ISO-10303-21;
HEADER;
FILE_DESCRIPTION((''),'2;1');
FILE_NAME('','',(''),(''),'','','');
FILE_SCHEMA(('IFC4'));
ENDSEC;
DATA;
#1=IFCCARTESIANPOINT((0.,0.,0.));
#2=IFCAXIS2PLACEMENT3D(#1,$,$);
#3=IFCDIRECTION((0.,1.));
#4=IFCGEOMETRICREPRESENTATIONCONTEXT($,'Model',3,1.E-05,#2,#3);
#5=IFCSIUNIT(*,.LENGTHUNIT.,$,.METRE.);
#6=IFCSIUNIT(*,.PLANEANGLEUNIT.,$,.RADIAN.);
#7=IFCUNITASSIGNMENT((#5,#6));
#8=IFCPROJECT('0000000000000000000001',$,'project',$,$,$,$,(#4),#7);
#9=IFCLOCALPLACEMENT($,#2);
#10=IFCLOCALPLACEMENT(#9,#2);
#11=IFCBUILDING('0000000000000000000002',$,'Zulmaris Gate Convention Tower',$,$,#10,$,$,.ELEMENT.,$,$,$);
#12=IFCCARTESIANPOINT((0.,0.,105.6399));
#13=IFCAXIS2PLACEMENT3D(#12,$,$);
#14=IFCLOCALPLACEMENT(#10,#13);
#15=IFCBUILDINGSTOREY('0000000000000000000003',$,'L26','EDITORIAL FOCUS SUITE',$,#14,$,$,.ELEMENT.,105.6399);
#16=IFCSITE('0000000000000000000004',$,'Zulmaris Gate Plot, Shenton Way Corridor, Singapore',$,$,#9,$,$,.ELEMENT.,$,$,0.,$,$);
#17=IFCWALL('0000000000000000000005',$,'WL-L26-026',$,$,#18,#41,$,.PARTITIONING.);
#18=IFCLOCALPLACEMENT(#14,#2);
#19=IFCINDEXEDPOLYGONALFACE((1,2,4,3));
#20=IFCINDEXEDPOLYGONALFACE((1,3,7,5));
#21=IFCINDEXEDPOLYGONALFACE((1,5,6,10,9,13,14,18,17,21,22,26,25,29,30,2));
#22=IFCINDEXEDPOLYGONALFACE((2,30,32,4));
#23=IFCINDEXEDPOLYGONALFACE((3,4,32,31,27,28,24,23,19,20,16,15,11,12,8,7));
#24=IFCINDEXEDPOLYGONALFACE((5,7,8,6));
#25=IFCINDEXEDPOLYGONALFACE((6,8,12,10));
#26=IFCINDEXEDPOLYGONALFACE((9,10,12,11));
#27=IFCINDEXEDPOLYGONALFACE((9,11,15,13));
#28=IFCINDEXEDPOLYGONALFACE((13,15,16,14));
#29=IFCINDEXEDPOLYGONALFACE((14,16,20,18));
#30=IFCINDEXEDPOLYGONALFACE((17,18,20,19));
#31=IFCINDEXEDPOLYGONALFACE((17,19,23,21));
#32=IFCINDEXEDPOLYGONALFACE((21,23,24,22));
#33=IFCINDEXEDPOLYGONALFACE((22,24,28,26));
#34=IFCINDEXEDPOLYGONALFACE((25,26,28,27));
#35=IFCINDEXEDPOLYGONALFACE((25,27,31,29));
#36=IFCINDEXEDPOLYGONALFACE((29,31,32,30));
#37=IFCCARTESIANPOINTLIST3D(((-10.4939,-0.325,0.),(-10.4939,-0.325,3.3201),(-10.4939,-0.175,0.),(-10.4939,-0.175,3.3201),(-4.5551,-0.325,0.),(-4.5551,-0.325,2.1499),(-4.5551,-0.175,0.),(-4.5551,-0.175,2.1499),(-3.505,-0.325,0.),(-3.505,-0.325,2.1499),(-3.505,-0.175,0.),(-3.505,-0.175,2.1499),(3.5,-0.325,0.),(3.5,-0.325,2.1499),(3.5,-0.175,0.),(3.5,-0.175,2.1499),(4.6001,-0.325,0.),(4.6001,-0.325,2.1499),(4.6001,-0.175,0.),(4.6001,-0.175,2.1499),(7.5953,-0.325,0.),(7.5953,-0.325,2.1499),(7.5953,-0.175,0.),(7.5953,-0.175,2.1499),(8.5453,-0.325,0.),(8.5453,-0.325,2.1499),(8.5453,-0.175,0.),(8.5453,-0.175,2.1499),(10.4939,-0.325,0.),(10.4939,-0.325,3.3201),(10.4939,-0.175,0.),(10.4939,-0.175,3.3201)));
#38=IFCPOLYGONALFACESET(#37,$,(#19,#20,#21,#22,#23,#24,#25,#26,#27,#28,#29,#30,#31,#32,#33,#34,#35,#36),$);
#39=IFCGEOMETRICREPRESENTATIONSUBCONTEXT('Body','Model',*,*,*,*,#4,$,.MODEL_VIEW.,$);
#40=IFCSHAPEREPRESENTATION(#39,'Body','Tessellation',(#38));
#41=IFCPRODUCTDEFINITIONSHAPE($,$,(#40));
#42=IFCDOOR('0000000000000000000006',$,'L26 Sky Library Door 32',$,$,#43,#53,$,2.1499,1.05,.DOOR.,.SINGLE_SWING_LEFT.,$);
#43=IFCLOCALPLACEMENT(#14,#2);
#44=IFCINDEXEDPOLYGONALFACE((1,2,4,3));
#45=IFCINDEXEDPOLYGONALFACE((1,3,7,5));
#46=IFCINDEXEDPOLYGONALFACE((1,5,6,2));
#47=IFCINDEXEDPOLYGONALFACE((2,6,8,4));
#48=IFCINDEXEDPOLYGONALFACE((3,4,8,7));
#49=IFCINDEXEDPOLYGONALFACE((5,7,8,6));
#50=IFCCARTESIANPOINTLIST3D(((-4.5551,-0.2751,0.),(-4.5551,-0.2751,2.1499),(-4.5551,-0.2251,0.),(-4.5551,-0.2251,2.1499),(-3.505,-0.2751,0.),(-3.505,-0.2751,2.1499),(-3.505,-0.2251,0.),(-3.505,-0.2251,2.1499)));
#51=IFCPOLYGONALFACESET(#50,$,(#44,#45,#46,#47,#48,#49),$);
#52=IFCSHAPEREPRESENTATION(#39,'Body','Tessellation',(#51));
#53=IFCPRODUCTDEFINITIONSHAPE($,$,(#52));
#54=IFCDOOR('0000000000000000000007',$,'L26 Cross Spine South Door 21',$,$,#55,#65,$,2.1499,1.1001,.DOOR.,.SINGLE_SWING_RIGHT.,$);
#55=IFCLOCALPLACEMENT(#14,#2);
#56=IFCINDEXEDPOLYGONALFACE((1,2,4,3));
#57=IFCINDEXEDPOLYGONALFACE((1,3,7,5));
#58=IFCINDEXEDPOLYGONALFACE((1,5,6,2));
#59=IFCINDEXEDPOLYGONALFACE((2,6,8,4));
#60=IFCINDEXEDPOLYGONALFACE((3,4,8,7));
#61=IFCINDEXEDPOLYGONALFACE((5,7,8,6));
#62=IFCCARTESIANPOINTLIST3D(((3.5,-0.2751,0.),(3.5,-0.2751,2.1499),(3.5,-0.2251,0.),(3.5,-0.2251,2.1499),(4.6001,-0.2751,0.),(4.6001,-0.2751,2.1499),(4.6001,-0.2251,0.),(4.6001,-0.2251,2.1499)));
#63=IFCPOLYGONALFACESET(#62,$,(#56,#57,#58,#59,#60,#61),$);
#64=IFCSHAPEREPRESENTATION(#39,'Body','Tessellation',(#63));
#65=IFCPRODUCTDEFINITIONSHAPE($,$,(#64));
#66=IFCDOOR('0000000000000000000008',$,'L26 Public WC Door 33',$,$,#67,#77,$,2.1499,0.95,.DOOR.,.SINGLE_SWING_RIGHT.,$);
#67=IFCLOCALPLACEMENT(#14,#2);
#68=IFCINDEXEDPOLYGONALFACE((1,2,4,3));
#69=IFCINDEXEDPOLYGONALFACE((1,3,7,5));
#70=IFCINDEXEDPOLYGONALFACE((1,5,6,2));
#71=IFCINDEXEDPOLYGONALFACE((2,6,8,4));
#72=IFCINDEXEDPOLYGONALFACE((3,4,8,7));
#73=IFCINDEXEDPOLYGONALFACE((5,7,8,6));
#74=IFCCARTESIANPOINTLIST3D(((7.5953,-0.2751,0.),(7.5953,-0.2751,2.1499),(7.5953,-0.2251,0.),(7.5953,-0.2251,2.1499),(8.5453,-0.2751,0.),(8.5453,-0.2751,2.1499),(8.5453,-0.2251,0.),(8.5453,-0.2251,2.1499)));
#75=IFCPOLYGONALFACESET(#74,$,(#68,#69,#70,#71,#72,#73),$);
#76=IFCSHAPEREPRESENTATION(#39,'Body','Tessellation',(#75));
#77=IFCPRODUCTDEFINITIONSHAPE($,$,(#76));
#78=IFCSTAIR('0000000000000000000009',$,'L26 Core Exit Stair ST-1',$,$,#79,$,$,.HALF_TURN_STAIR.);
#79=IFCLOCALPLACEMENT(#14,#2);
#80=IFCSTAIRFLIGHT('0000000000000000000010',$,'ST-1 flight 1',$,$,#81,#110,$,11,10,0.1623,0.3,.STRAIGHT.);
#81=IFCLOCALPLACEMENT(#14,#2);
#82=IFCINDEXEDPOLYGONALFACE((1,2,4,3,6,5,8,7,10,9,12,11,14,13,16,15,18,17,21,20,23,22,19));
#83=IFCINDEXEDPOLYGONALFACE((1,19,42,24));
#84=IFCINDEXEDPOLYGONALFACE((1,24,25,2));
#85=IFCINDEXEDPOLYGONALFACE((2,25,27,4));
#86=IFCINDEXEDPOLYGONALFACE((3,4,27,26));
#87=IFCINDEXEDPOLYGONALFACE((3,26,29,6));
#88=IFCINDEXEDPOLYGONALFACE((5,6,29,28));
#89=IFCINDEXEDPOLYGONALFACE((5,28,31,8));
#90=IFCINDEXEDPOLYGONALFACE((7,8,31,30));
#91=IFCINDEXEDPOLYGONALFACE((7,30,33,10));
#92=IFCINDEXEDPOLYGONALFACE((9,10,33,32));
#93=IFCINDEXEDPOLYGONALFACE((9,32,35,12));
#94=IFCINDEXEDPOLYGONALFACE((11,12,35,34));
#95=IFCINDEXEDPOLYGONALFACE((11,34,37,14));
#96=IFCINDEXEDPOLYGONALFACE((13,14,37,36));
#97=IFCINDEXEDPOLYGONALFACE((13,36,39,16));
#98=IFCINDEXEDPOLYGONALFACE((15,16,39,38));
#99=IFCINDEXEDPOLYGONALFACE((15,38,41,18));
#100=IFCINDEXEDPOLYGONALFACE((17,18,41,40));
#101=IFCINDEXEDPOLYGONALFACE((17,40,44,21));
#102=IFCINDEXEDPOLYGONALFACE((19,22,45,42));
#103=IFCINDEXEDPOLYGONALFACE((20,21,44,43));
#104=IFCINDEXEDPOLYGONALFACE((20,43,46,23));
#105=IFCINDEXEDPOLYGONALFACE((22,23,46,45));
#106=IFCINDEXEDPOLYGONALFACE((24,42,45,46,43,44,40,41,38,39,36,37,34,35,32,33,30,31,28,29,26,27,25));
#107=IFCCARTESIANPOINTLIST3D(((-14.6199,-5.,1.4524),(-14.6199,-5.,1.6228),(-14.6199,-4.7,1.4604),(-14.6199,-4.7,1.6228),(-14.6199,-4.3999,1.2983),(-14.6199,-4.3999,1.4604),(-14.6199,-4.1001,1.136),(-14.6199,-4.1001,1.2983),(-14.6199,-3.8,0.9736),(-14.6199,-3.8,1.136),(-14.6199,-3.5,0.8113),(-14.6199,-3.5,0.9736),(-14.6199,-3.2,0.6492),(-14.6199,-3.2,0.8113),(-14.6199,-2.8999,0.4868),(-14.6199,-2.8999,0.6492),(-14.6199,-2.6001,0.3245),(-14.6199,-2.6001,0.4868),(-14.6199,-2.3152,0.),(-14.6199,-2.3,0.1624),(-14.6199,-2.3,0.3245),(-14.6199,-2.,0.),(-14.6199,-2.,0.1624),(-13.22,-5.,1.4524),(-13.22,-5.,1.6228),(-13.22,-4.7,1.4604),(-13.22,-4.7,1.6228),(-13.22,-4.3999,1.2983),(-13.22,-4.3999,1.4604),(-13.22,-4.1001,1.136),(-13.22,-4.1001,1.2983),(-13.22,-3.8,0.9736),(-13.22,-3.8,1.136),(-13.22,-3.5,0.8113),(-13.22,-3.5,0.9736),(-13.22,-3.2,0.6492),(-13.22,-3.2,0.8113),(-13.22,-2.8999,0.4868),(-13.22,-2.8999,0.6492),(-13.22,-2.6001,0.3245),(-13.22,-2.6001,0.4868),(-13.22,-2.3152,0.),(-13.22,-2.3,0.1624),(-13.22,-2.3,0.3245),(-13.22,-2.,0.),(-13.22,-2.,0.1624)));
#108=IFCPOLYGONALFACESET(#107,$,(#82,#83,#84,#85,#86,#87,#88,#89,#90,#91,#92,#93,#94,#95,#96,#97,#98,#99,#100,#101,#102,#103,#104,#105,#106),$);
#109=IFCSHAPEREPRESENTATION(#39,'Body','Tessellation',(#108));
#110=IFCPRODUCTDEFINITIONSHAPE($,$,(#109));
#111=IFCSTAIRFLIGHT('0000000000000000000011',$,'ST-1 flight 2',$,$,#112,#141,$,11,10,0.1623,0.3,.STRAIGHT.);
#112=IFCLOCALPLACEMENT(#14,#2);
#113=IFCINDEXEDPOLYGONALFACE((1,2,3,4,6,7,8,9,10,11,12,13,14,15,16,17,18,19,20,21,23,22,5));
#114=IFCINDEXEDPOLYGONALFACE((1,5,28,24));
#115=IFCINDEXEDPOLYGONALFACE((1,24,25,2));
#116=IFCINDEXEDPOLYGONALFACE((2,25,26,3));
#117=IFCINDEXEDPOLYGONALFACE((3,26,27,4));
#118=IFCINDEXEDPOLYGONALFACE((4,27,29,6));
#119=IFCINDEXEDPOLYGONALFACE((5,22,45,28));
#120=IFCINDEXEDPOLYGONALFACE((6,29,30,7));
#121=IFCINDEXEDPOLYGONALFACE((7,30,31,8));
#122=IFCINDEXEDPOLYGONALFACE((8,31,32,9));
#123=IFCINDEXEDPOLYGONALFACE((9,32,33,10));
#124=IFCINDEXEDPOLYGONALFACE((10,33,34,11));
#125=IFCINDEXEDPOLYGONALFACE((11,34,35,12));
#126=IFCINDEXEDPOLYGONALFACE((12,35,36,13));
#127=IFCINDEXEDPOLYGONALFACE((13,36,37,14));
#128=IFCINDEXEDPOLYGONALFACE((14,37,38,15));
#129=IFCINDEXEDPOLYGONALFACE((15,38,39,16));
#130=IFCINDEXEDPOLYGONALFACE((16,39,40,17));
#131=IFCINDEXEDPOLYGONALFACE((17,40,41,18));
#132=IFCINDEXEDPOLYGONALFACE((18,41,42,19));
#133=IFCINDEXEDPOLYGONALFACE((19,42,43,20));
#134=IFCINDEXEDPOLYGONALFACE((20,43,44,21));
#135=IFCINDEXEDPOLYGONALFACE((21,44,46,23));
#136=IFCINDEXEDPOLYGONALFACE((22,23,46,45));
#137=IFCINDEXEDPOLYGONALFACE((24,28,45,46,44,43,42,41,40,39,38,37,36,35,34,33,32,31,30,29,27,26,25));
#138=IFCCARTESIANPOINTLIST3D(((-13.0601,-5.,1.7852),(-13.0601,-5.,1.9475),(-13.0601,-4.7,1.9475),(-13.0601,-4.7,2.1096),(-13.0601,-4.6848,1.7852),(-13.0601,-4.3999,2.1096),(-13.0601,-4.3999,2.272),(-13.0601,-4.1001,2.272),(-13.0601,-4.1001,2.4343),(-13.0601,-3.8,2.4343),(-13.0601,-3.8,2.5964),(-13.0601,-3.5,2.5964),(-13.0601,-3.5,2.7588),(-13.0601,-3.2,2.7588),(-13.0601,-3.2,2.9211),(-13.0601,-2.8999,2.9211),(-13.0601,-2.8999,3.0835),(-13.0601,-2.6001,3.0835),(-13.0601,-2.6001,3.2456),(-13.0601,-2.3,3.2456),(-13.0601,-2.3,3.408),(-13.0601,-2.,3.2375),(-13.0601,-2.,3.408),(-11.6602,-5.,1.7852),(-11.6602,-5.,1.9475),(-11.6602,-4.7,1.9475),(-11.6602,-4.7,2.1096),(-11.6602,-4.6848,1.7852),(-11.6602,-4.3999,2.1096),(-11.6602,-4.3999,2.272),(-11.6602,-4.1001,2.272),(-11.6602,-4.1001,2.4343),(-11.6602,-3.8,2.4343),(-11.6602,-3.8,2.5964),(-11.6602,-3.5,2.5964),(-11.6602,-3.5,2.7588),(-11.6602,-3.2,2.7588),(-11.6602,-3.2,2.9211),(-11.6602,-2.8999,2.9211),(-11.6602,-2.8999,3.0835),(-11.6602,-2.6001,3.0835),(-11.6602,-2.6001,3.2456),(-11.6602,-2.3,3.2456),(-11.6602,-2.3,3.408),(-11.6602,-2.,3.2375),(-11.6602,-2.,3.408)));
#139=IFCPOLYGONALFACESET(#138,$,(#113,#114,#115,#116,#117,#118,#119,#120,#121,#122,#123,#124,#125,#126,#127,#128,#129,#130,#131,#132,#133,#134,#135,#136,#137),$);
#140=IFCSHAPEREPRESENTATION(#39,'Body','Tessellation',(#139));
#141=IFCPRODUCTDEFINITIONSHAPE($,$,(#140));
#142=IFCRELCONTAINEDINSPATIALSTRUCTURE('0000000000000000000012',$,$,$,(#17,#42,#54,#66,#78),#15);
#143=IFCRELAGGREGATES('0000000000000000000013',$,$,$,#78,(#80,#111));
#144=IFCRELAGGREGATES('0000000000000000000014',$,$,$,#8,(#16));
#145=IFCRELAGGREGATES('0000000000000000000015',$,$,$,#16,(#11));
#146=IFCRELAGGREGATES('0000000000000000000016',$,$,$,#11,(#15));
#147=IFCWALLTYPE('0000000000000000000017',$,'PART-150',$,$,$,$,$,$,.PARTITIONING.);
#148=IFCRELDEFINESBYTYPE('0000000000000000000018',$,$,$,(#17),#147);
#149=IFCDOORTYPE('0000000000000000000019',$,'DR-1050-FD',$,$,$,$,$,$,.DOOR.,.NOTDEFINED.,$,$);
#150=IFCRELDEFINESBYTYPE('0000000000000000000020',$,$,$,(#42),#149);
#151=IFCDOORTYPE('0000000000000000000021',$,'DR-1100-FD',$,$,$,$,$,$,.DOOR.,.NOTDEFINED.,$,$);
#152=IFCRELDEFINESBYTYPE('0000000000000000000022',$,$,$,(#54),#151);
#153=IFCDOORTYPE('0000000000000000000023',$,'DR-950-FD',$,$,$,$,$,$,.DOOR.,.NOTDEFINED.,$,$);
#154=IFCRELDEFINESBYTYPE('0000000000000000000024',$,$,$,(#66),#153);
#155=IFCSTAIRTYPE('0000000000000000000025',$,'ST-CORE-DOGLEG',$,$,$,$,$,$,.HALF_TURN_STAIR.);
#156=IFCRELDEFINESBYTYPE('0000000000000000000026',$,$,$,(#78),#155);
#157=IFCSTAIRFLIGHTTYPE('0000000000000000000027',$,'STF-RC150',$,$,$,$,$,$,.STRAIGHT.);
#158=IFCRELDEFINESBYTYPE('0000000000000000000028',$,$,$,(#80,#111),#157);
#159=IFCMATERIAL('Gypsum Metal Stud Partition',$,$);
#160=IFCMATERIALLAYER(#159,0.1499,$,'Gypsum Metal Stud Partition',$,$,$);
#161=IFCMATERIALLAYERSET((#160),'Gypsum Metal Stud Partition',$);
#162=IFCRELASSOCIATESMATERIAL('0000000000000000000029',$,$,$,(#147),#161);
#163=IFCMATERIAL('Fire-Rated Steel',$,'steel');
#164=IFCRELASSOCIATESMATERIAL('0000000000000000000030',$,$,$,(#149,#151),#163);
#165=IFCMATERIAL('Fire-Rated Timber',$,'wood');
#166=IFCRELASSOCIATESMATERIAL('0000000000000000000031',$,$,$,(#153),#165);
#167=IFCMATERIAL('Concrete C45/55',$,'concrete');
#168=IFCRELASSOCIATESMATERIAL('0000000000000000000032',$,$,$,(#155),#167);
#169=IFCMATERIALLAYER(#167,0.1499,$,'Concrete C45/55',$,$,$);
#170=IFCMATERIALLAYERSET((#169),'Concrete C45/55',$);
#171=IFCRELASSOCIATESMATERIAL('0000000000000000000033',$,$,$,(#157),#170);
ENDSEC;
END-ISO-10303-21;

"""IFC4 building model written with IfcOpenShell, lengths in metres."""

from ifc_helpers import new_model, si_unit, direction, frame, frame_2d, origin, place, context, subcontext, project, spatial, polyline, rectangle, outline, extrude, material, layer, layer_set, type_object, element, fill, aggregate, save


model = new_model("IFC4")

# Units and contexts
model_context = context("Model", 3, precision=1e-05, world=origin(), true_north=direction((0.0, 1.0)))
body_context = subcontext(model_context, "Body", "Model", "MODEL_VIEW")
ifc_project = project(units=[si_unit("LENGTHUNIT", "METRE"), si_unit("PLANEANGLEUNIT", "RADIAN")], contexts=[model_context])

# Site, building, storey
site_placement = place(None, origin())
site = spatial("IfcSite", under=ifc_project, at=site_placement, Name="Zulmaris Gate Plot, Shenton Way Corridor, Singapore", CompositionType="ELEMENT", RefElevation=0.0)
building_placement = place(site_placement, origin())
building = spatial("IfcBuilding", under=site, at=building_placement, Name="Zulmaris Gate Convention Tower", CompositionType="ELEMENT")
storey_placement = place(building_placement, frame((0.0, 0.0, 105.6399)))
storey = spatial("IfcBuildingStorey", under=building, at=storey_placement, Name="L26", Description="EDITORIAL FOCUS SUITE", CompositionType="ELEMENT", Elevation=105.6399)

# Wall, openings, doors
ifc_material_1 = material(Name="Gypsum Metal Stud Partition")
ifc_layer_1 = layer(ifc_material_1, 0.1499, Name="Gypsum Metal Stud Partition")
ifc_layer_set_1 = layer_set([ifc_layer_1], Name="Gypsum Metal Stud Partition")
wall_type_1 = type_object("IfcWallType", Name="PART-150", PredefinedType="PARTITIONING", material=ifc_layer_set_1)
wall_1_placement = place(storey_placement, frame((-10.4939, -0.25, 0.0), z_axis=(0.0, 0.0, 1.0), x_axis=(1.0, 0.0, 0.0)))
wall_1 = element("IfcWall", 1, at=wall_1_placement, inside=storey, type_object=wall_type_1, Name="WL-L26-026", PredefinedType="PARTITIONING", context=body_context, shape_type="SweptSolid", body=[
    extrude(rectangle(XDim=20.9878, YDim=0.1499, at=frame_2d((10.4939, 0.0))), origin(), (0.0, 0.0, 1.0), 3.3201),
])
opening_1_placement = place(wall_1_placement, frame((13.9939, 0.0, 0.0)))
opening_1 = element("IfcOpeningElement", 2, at=opening_1_placement, cuts=wall_1, PredefinedType="OPENING", context=body_context, shape_type="SweptSolid", body=[
    extrude(rectangle(XDim=1.1001, YDim=2.1499, at=frame_2d((0.55, 1.075))), frame((0.0, 0.085, 0.0), z_axis=(0.0, -1.0, 0.0), x_axis=(1.0, 0.0, 0.0)), (0.0, 0.0, 1.0), 0.1699),
])
opening_2_placement = place(wall_1_placement, frame((5.939, 0.0, 0.0)))
opening_2 = element("IfcOpeningElement", 3, at=opening_2_placement, cuts=wall_1, PredefinedType="OPENING", context=body_context, shape_type="SweptSolid", body=[
    extrude(rectangle(XDim=1.05, YDim=2.1499, at=frame_2d((0.5249, 1.075))), frame((0.0, 0.085, 0.0), z_axis=(0.0, -1.0, 0.0), x_axis=(1.0, 0.0, 0.0)), (0.0, 0.0, 1.0), 0.1699),
])
opening_3_placement = place(wall_1_placement, frame((18.0891, 0.0, 0.0)))
opening_3 = element("IfcOpeningElement", 4, at=opening_3_placement, cuts=wall_1, PredefinedType="OPENING", context=body_context, shape_type="SweptSolid", body=[
    extrude(rectangle(XDim=0.95, YDim=2.1499, at=frame_2d((0.4751, 1.075))), frame((0.0, 0.085, 0.0), z_axis=(0.0, -1.0, 0.0), x_axis=(1.0, 0.0, 0.0)), (0.0, 0.0, 1.0), 0.1699),
])
ifc_material_2 = material(Name="Fire-Rated Steel", Category="steel")
door_type_1 = type_object("IfcDoorType", Name="DR-1050-FD", OperationType="NOTDEFINED", PredefinedType="DOOR", material=ifc_material_2)
door_1_placement = place(opening_2_placement, origin())
door_1 = element("IfcDoor", 5, at=door_1_placement, inside=storey, type_object=door_type_1, Name="L26 Sky Library Door 32", OperationType="SINGLE_SWING_LEFT", OverallHeight=2.1499, OverallWidth=1.05, PredefinedType="DOOR", context=body_context, shape_type="SweptSolid", body=[
    extrude(rectangle(XDim=1.05, YDim=2.1499, at=frame_2d((0.5249, 1.075))), frame((0.0, 0.0249, 0.0), z_axis=(0.0, -1.0, 0.0), x_axis=(1.0, 0.0, 0.0)), (0.0, 0.0, 1.0), 0.05),
])
fill(opening_2, door_1)
door_type_2 = type_object("IfcDoorType", Name="DR-1100-FD", OperationType="NOTDEFINED", PredefinedType="DOOR", material=ifc_material_2)
door_2_placement = place(opening_1_placement, origin())
door_2 = element("IfcDoor", 6, at=door_2_placement, inside=storey, type_object=door_type_2, Name="L26 Cross Spine South Door 21", OperationType="SINGLE_SWING_RIGHT", OverallHeight=2.1499, OverallWidth=1.1001, PredefinedType="DOOR", context=body_context, shape_type="SweptSolid", body=[
    extrude(rectangle(XDim=1.1001, YDim=2.1499, at=frame_2d((0.55, 1.075))), frame((0.0, 0.0249, 0.0), z_axis=(0.0, -1.0, 0.0), x_axis=(1.0, 0.0, 0.0)), (0.0, 0.0, 1.0), 0.05),
])
fill(opening_1, door_2)
ifc_material_3 = material(Name="Fire-Rated Timber", Category="wood")
door_type_3 = type_object("IfcDoorType", Name="DR-950-FD", OperationType="NOTDEFINED", PredefinedType="DOOR", material=ifc_material_3)
door_3_placement = place(opening_3_placement, origin())
door_3 = element("IfcDoor", 7, at=door_3_placement, inside=storey, type_object=door_type_3, Name="L26 Public WC Door 33", OperationType="SINGLE_SWING_RIGHT", OverallHeight=2.1499, OverallWidth=0.95, PredefinedType="DOOR", context=body_context, shape_type="SweptSolid", body=[
    extrude(rectangle(XDim=0.95, YDim=2.1499, at=frame_2d((0.4751, 1.075))), frame((0.0, 0.0249, 0.0), z_axis=(0.0, -1.0, 0.0), x_axis=(1.0, 0.0, 0.0)), (0.0, 0.0, 1.0), 0.05),
])
fill(opening_3, door_3)

# Stair, stair flights
ifc_material_4 = material(Name="Concrete C45/55", Category="concrete")
stair_type = type_object("IfcStairType", Name="ST-CORE-DOGLEG", PredefinedType="HALF_TURN_STAIR", material=ifc_material_4)
stair_1_placement = place(storey_placement, origin())
stair_1 = element("IfcStair", 8, at=stair_1_placement, inside=storey, type_object=stair_type, Name="L26 Core Exit Stair ST-1", PredefinedType="HALF_TURN_STAIR")
ifc_layer_2 = layer(ifc_material_4, 0.1499, Name="Concrete C45/55")
ifc_layer_set_2 = layer_set([ifc_layer_2], Name="Concrete C45/55")
stair_flight_type = type_object("IfcStairFlightType", Name="STF-RC150", PredefinedType="STRAIGHT", material=ifc_layer_set_2)
stair_flight_1_placement = place(storey_placement, frame((-13.9199, -2.0, 0.0), z_axis=(0.0, 0.0, 1.0), x_axis=(0.0, -1.0, 0.0)))
stair_flight_1 = element("IfcStairFlight", 9, at=stair_flight_1_placement, type_object=stair_flight_type, Name="ST-1 flight 1", NumberOfRisers=11, NumberOfTreads=10, PredefinedType="STRAIGHT", RiserHeight=0.1623, TreadLength=0.3, context=body_context, shape_type="SweptSolid", body=[
    extrude(outline(polyline([(0.0, 0.0), (0.0, 0.1624), (0.3, 0.1624), (0.3, 0.3245), (0.6001, 0.3245), (0.6001, 0.4868), (0.8999, 0.4868), (0.8999, 0.6492), (1.2, 0.6492), (1.2, 0.8113), (1.5, 0.8113), (1.5, 0.9736), (1.8, 0.9736), (1.8, 1.136), (2.1001, 1.136), (2.1001, 1.2983), (2.3999, 1.2983), (2.3999, 1.4604), (2.7, 1.4604), (2.7, 1.6228), (3.0, 1.6228), (3.0, 1.7852), (3.0, 1.4524), (0.3152, 0.0), (0.0, 0.0)])), frame((0.0, 0.7, 0.0), z_axis=(0.0, -1.0, 0.0), x_axis=(1.0, 0.0, 0.0)), (0.0, 0.0, 1.0), 1.3999),
])
stair_flight_2_placement = place(storey_placement, frame((-12.3601, -5.0, 1.7852), z_axis=(0.0, 0.0, 1.0), x_axis=(0.0, 1.0, 0.0)))
stair_flight_2 = element("IfcStairFlight", 10, at=stair_flight_2_placement, type_object=stair_flight_type, Name="ST-1 flight 2", NumberOfRisers=11, NumberOfTreads=10, PredefinedType="STRAIGHT", RiserHeight=0.1623, TreadLength=0.3, context=body_context, shape_type="SweptSolid", body=[
    extrude(outline(polyline([(0.0, 0.0), (0.0, 0.1624), (0.3, 0.1624), (0.3, 0.3245), (0.6001, 0.3245), (0.6001, 0.4868), (0.8999, 0.4868), (0.8999, 0.6492), (1.2, 0.6492), (1.2, 0.8113), (1.5, 0.8113), (1.5, 0.9736), (1.8, 0.9736), (1.8, 1.136), (2.1001, 1.136), (2.1001, 1.2983), (2.3999, 1.2983), (2.3999, 1.4604), (2.7, 1.4604), (2.7, 1.6228), (3.0, 1.6228), (3.0, 1.7852), (3.0, 1.4524), (0.3152, 0.0), (0.0, 0.0)])), frame((0.0, 0.7, 0.0), z_axis=(0.0, -1.0, 0.0), x_axis=(1.0, 0.0, 0.0)), (0.0, 0.0, 1.0), 1.3999),
])
aggregate(stair_1, [stair_flight_1, stair_flight_2])

save(model, "model.ifc")
